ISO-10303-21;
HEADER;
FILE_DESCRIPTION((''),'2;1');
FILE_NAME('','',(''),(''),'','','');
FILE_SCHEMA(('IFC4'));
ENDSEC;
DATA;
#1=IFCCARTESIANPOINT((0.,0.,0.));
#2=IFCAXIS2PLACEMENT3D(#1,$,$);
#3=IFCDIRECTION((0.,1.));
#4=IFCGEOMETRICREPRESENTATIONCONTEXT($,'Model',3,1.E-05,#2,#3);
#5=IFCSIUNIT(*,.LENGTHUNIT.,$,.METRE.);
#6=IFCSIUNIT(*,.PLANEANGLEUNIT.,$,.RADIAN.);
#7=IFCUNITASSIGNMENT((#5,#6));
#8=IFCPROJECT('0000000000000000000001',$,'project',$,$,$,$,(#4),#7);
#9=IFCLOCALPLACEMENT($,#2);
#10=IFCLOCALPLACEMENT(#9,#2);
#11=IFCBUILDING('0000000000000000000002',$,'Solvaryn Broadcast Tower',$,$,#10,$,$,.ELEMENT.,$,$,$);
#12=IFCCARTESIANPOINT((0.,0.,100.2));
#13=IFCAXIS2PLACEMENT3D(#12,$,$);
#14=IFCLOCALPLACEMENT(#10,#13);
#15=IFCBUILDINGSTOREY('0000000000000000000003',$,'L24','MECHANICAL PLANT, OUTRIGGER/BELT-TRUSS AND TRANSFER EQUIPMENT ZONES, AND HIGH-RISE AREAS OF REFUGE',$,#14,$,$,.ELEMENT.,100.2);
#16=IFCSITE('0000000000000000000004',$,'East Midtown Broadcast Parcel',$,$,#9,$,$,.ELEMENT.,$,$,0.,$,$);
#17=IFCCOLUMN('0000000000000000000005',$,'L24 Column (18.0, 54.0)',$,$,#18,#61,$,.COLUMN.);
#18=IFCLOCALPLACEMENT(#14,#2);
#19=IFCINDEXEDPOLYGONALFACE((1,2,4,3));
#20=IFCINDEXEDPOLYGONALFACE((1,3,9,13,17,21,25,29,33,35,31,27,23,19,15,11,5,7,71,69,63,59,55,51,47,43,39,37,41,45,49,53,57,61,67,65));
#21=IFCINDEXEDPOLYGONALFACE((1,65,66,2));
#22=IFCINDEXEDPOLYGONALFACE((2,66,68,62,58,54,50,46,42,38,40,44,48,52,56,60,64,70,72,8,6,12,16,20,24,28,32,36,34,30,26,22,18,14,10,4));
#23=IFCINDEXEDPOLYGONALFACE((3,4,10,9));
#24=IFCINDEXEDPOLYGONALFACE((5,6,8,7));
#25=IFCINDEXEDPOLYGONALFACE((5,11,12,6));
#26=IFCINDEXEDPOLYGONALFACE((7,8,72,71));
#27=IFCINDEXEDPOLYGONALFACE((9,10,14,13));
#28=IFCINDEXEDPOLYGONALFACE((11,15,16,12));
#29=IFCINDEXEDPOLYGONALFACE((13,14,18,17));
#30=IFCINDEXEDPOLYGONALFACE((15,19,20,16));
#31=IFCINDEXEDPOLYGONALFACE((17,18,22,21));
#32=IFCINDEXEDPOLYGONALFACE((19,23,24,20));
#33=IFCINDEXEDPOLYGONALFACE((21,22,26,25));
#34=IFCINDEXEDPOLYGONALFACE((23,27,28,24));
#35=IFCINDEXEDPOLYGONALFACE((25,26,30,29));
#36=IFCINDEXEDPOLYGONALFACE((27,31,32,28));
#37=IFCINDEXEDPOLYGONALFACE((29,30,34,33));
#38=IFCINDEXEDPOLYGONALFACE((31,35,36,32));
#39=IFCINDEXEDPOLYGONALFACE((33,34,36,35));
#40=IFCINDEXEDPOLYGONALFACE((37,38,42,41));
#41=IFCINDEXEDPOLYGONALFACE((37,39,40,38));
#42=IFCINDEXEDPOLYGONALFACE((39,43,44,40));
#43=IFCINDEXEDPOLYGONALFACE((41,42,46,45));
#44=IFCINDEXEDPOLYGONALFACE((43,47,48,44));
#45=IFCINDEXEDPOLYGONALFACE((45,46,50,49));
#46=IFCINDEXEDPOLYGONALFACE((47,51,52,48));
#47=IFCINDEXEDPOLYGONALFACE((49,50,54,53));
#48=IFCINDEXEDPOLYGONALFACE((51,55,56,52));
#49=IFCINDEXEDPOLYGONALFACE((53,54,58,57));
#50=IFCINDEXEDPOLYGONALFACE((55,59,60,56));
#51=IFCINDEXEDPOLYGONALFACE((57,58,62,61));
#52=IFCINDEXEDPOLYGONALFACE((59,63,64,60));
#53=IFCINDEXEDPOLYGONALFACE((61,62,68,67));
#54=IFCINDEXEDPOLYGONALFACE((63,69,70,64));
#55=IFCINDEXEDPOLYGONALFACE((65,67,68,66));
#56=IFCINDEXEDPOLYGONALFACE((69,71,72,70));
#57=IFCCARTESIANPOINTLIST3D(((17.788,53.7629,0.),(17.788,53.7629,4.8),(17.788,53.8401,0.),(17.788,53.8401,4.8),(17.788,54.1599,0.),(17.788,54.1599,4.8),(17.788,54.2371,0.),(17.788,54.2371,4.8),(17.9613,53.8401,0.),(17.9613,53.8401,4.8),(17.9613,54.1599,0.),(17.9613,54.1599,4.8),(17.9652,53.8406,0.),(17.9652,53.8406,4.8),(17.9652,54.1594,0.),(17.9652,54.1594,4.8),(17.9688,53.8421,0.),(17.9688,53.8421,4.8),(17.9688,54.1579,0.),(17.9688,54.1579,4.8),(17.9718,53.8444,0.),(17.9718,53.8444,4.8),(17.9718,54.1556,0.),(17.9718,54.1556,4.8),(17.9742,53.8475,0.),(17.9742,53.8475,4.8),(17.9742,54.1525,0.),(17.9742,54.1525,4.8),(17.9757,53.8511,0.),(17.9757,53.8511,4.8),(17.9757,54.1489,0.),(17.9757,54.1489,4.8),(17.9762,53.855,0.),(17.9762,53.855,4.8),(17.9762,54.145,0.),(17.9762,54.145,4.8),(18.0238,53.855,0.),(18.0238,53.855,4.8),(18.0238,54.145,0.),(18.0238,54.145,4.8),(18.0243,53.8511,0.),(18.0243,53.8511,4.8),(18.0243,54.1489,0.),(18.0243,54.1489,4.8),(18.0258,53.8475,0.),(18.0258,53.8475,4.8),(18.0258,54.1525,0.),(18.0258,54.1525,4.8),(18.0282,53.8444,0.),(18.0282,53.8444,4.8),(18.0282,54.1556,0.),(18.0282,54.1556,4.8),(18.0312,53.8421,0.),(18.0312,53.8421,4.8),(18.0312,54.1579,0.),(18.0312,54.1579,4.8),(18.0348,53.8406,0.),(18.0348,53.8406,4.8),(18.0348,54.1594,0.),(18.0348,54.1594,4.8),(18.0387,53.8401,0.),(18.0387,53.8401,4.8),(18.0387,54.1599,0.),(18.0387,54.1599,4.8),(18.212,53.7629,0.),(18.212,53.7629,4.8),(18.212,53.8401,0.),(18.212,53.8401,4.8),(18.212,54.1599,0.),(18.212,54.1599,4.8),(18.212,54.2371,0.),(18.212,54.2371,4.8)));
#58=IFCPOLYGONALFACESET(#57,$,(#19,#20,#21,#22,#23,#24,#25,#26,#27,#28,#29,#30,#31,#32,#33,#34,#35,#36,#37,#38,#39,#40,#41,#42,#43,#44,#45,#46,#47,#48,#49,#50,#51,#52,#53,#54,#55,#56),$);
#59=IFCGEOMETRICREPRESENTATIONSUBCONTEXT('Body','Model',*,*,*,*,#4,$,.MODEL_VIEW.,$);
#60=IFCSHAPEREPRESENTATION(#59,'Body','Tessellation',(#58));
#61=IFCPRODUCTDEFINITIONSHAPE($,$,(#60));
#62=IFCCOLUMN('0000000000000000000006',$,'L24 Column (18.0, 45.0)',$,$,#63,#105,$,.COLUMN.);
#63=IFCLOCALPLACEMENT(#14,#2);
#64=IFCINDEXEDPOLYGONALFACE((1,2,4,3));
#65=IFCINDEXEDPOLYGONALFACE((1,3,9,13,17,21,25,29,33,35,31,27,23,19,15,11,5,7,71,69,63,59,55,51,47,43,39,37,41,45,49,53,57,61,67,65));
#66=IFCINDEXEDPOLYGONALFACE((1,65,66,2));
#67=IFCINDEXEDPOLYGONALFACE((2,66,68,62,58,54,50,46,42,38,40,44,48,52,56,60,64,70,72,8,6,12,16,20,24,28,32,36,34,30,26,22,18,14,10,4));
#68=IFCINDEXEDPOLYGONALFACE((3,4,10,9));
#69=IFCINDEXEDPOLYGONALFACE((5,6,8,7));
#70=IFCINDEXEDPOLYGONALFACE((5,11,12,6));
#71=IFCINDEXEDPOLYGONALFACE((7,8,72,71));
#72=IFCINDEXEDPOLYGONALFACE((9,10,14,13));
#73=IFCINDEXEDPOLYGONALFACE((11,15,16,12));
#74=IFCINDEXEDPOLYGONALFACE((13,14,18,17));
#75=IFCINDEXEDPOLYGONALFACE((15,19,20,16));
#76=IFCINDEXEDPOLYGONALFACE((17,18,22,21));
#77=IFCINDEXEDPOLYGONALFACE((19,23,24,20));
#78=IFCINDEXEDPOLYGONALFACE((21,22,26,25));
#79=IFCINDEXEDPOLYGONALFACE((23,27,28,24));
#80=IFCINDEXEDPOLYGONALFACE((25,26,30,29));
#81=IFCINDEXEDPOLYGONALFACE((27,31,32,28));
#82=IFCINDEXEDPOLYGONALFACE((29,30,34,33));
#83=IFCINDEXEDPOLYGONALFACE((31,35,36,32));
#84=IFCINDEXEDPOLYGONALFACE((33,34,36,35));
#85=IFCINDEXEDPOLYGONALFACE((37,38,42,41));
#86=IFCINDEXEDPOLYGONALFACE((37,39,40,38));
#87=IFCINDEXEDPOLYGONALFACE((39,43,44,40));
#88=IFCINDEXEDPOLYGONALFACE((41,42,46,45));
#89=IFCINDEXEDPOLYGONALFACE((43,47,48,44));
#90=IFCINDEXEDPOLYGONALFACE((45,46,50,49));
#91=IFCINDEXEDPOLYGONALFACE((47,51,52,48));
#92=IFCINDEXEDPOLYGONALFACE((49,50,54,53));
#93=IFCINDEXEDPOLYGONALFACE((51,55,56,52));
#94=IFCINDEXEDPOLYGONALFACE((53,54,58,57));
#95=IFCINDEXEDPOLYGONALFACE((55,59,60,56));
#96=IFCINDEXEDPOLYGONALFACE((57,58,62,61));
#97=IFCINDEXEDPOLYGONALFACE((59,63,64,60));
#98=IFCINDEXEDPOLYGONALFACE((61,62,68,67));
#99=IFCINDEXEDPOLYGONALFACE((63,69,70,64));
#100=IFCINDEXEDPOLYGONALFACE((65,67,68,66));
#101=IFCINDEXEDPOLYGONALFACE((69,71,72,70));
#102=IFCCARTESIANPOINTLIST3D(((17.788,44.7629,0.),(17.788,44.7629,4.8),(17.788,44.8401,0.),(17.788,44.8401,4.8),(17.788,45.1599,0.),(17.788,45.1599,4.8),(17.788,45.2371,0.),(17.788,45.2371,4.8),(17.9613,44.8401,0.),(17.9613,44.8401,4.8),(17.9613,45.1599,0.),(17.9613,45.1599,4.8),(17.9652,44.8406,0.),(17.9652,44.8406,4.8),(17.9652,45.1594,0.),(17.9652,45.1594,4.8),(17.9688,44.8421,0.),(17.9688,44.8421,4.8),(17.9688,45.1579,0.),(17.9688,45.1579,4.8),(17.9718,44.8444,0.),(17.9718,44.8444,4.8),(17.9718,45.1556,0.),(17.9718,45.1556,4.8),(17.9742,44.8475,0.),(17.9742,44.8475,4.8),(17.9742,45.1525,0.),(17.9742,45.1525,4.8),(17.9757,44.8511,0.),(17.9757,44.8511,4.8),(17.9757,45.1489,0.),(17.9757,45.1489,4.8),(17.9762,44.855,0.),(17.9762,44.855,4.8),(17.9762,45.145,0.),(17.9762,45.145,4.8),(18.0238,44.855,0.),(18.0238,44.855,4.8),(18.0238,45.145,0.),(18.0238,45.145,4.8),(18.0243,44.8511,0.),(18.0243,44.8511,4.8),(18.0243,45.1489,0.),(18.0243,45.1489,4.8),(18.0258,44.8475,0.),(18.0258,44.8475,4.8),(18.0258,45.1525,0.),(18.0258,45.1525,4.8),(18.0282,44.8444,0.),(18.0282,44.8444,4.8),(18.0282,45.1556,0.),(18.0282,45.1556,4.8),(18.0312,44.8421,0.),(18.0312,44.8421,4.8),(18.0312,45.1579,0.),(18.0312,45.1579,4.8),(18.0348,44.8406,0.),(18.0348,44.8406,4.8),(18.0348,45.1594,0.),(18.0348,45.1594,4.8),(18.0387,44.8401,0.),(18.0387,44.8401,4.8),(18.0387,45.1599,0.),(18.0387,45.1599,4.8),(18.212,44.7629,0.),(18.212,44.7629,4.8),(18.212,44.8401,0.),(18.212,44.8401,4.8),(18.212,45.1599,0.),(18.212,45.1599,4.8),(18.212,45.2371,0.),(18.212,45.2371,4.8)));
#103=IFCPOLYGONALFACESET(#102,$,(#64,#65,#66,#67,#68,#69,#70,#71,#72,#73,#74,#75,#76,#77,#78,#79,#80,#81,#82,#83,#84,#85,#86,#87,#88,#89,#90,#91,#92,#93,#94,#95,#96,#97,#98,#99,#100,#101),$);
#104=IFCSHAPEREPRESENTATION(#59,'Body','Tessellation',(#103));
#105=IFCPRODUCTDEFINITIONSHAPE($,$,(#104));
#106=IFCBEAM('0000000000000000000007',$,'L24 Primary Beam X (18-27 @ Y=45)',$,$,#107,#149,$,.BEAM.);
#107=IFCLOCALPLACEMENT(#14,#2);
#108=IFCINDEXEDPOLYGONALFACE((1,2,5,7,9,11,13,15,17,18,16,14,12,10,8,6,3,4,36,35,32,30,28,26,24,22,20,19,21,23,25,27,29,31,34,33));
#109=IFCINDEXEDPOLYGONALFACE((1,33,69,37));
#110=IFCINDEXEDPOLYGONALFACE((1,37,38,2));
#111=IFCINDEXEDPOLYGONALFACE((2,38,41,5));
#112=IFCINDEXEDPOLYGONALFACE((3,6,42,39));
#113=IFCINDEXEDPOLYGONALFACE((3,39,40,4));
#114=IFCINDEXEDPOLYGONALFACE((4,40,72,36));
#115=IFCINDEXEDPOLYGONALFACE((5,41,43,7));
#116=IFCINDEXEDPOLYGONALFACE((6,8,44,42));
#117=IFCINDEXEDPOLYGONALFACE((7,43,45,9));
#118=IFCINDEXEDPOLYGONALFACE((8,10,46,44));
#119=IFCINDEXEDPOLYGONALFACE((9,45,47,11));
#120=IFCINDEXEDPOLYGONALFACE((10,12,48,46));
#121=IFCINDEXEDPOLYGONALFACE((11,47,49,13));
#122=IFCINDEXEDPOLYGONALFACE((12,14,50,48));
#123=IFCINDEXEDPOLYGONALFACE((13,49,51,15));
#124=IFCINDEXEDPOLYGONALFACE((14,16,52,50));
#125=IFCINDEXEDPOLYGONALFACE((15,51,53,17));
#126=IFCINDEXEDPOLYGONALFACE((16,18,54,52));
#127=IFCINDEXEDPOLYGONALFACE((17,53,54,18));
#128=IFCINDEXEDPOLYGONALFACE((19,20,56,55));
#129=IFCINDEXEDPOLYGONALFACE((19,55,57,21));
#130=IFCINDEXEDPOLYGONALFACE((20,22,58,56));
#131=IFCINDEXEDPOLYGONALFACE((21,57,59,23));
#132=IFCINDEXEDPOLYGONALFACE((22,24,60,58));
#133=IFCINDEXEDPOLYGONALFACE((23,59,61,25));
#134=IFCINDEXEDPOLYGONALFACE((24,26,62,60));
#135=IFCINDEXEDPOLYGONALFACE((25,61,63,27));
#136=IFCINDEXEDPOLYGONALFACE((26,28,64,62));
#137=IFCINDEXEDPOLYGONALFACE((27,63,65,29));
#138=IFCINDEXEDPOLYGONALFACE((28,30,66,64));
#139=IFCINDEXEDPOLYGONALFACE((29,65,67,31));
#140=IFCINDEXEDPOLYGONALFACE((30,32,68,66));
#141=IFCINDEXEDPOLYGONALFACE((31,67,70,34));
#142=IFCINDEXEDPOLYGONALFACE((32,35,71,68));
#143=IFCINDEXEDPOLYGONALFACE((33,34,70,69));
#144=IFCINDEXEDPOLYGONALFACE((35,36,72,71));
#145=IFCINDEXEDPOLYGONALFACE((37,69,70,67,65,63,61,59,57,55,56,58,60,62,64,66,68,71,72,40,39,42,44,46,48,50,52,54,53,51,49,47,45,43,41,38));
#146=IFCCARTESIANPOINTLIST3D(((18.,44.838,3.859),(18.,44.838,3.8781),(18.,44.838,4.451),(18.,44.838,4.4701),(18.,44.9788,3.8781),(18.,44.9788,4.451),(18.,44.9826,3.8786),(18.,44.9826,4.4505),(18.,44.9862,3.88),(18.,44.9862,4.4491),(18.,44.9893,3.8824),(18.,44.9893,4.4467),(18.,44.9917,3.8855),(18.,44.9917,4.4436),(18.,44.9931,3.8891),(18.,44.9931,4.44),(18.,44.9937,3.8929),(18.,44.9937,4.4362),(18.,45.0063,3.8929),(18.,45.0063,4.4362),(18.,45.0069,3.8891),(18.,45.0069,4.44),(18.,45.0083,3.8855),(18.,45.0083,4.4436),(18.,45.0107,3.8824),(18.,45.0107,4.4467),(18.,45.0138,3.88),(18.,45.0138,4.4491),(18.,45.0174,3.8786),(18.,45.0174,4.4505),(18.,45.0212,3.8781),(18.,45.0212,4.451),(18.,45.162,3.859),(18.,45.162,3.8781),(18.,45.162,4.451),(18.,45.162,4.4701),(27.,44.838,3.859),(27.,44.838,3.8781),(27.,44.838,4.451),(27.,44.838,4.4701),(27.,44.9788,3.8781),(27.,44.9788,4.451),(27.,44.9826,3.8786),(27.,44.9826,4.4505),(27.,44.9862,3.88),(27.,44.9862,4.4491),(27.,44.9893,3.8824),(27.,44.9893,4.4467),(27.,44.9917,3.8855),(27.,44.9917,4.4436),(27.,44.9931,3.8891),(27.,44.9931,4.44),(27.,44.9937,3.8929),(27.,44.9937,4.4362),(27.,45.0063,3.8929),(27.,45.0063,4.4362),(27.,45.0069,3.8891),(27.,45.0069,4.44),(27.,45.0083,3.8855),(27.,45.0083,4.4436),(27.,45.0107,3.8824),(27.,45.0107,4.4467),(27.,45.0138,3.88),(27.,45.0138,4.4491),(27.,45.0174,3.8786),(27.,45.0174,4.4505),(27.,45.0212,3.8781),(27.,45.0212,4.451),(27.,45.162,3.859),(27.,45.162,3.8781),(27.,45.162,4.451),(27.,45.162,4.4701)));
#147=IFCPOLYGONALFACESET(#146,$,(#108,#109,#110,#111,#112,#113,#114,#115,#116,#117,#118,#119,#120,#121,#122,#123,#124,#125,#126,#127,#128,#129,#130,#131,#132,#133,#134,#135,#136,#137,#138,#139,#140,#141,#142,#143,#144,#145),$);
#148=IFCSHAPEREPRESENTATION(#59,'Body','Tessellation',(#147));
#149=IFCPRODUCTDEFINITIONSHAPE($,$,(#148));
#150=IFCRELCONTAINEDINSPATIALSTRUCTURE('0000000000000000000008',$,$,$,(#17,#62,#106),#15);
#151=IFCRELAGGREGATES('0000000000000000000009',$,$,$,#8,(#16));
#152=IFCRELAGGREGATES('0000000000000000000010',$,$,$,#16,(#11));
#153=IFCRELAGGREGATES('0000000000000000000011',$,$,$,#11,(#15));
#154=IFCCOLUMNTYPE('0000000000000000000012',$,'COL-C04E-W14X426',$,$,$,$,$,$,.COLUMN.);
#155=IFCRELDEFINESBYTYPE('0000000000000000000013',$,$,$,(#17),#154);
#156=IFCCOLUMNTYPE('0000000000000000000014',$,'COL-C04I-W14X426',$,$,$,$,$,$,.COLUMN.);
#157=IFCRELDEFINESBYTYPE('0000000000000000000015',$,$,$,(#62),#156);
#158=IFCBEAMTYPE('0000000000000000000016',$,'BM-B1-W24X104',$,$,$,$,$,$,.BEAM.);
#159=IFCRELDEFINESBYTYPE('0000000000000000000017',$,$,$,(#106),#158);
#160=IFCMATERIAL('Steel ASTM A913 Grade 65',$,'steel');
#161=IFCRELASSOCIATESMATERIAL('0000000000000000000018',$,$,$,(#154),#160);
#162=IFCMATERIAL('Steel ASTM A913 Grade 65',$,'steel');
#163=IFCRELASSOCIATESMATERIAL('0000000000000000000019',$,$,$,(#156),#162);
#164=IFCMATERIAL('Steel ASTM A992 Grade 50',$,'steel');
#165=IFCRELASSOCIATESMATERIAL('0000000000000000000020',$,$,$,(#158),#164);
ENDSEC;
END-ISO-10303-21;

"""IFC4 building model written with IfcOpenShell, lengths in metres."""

from ifc_helpers import new_model, si_unit, direction, frame, origin, origin_2d, place, context, subcontext, project, spatial, i_section, extrude, material, material_profile, profile_set, type_object, element, save


model = new_model("IFC4")

# Units and contexts
model_context = context("Model", 3, precision=1e-05, world=origin(), true_north=direction((0.0, 1.0)))
body_context = subcontext(model_context, "Body", "Model", "MODEL_VIEW")
ifc_project = project(units=[si_unit("LENGTHUNIT", "METRE"), si_unit("PLANEANGLEUNIT", "RADIAN")], contexts=[model_context])

# Site, building, storey
site_placement = place(None, origin())
site = spatial("IfcSite", under=ifc_project, at=site_placement, Name="East Midtown Broadcast Parcel", CompositionType="ELEMENT", RefElevation=0.0)
building_placement = place(site_placement, origin())
building = spatial("IfcBuilding", under=site, at=building_placement, Name="Solvaryn Broadcast Tower", CompositionType="ELEMENT")
storey_placement = place(building_placement, frame((0.0, 0.0, 100.2)))
storey = spatial("IfcBuildingStorey", under=building, at=storey_placement, Name="L24", Description="MECHANICAL PLANT, OUTRIGGER/BELT-TRUSS AND TRANSFER EQUIPMENT ZONES, AND HIGH-RISE AREAS OF REFUGE", CompositionType="ELEMENT", Elevation=100.2)

# Columns
ifc_material_1 = material(Name="Steel ASTM A913 Grade 65", Category="steel")
ifc_material_profile_1 = material_profile(ifc_material_1, i_section(OverallWidth=0.4241, OverallDepth=0.4741, WebThickness=0.0476, FlangeThickness=0.0771, FilletRadius=0.0149, at=origin_2d()))
ifc_profile_set_1 = profile_set([ifc_material_profile_1], Name="Steel ASTM A913 Grade 65")
column_type_1 = type_object("IfcColumnType", Name="COL-C04E-W14X426", PredefinedType="COLUMN", material=ifc_profile_set_1)
column_1_placement = place(storey_placement, frame((18.0, 54.0, 0.0), z_axis=(0.0, 0.0, 1.0), x_axis=(1.0, 0.0, 0.0)))
element("IfcColumn", 1, at=column_1_placement, inside=storey, type_object=column_type_1, Name="L24 Column (18.0, 54.0)", PredefinedType="COLUMN", context=body_context, shape_type="SweptSolid", body=[
    extrude(i_section(OverallWidth=0.4241, OverallDepth=0.4741, WebThickness=0.0476, FlangeThickness=0.0771, FilletRadius=0.0149, at=origin_2d()), origin(), (0.0, 0.0, 1.0), 4.8),
])
ifc_material_2 = material(Name="Steel ASTM A913 Grade 65", Category="steel")
ifc_material_profile_2 = material_profile(ifc_material_2, i_section(OverallWidth=0.4241, OverallDepth=0.4741, WebThickness=0.0476, FlangeThickness=0.0771, FilletRadius=0.0149, at=origin_2d()))
ifc_profile_set_2 = profile_set([ifc_material_profile_2], Name="Steel ASTM A913 Grade 65")
column_type_2 = type_object("IfcColumnType", Name="COL-C04I-W14X426", PredefinedType="COLUMN", material=ifc_profile_set_2)
column_2_placement = place(storey_placement, frame((18.0, 45.0, 0.0), z_axis=(0.0, 0.0, 1.0), x_axis=(1.0, 0.0, 0.0)))
element("IfcColumn", 2, at=column_2_placement, inside=storey, type_object=column_type_2, Name="L24 Column (18.0, 45.0)", PredefinedType="COLUMN", context=body_context, shape_type="SweptSolid", body=[
    extrude(i_section(OverallWidth=0.4241, OverallDepth=0.4741, WebThickness=0.0476, FlangeThickness=0.0771, FilletRadius=0.0149, at=origin_2d()), origin(), (0.0, 0.0, 1.0), 4.8),
])

# Beam
ifc_material_3 = material(Name="Steel ASTM A992 Grade 50", Category="steel")
ifc_material_profile_3 = material_profile(ifc_material_3, i_section(OverallWidth=0.324, OverallDepth=0.6111, WebThickness=0.0127, FlangeThickness=0.019, FilletRadius=0.0149, at=origin_2d()))
ifc_profile_set_3 = profile_set([ifc_material_profile_3], Name="Steel ASTM A992 Grade 50")
beam_type_1 = type_object("IfcBeamType", Name="BM-B1-W24X104", PredefinedType="BEAM", material=ifc_profile_set_3)
beam_1_placement = place(storey_placement, frame((18.0, 45.0, 4.1646), z_axis=(1.0, 0.0, 0.0), x_axis=(0.0, 1.0, 0.0)))
element("IfcBeam", 3, at=beam_1_placement, inside=storey, type_object=beam_type_1, Name="L24 Primary Beam X (18-27 @ Y=45)", PredefinedType="BEAM", context=body_context, shape_type="SweptSolid", body=[
    extrude(i_section(OverallWidth=0.324, OverallDepth=0.6111, WebThickness=0.0127, FlangeThickness=0.019, FilletRadius=0.0149, at=origin_2d()), origin(), (0.0, 0.0, 1.0), 9.0),
])

save(model, "model.ifc")
